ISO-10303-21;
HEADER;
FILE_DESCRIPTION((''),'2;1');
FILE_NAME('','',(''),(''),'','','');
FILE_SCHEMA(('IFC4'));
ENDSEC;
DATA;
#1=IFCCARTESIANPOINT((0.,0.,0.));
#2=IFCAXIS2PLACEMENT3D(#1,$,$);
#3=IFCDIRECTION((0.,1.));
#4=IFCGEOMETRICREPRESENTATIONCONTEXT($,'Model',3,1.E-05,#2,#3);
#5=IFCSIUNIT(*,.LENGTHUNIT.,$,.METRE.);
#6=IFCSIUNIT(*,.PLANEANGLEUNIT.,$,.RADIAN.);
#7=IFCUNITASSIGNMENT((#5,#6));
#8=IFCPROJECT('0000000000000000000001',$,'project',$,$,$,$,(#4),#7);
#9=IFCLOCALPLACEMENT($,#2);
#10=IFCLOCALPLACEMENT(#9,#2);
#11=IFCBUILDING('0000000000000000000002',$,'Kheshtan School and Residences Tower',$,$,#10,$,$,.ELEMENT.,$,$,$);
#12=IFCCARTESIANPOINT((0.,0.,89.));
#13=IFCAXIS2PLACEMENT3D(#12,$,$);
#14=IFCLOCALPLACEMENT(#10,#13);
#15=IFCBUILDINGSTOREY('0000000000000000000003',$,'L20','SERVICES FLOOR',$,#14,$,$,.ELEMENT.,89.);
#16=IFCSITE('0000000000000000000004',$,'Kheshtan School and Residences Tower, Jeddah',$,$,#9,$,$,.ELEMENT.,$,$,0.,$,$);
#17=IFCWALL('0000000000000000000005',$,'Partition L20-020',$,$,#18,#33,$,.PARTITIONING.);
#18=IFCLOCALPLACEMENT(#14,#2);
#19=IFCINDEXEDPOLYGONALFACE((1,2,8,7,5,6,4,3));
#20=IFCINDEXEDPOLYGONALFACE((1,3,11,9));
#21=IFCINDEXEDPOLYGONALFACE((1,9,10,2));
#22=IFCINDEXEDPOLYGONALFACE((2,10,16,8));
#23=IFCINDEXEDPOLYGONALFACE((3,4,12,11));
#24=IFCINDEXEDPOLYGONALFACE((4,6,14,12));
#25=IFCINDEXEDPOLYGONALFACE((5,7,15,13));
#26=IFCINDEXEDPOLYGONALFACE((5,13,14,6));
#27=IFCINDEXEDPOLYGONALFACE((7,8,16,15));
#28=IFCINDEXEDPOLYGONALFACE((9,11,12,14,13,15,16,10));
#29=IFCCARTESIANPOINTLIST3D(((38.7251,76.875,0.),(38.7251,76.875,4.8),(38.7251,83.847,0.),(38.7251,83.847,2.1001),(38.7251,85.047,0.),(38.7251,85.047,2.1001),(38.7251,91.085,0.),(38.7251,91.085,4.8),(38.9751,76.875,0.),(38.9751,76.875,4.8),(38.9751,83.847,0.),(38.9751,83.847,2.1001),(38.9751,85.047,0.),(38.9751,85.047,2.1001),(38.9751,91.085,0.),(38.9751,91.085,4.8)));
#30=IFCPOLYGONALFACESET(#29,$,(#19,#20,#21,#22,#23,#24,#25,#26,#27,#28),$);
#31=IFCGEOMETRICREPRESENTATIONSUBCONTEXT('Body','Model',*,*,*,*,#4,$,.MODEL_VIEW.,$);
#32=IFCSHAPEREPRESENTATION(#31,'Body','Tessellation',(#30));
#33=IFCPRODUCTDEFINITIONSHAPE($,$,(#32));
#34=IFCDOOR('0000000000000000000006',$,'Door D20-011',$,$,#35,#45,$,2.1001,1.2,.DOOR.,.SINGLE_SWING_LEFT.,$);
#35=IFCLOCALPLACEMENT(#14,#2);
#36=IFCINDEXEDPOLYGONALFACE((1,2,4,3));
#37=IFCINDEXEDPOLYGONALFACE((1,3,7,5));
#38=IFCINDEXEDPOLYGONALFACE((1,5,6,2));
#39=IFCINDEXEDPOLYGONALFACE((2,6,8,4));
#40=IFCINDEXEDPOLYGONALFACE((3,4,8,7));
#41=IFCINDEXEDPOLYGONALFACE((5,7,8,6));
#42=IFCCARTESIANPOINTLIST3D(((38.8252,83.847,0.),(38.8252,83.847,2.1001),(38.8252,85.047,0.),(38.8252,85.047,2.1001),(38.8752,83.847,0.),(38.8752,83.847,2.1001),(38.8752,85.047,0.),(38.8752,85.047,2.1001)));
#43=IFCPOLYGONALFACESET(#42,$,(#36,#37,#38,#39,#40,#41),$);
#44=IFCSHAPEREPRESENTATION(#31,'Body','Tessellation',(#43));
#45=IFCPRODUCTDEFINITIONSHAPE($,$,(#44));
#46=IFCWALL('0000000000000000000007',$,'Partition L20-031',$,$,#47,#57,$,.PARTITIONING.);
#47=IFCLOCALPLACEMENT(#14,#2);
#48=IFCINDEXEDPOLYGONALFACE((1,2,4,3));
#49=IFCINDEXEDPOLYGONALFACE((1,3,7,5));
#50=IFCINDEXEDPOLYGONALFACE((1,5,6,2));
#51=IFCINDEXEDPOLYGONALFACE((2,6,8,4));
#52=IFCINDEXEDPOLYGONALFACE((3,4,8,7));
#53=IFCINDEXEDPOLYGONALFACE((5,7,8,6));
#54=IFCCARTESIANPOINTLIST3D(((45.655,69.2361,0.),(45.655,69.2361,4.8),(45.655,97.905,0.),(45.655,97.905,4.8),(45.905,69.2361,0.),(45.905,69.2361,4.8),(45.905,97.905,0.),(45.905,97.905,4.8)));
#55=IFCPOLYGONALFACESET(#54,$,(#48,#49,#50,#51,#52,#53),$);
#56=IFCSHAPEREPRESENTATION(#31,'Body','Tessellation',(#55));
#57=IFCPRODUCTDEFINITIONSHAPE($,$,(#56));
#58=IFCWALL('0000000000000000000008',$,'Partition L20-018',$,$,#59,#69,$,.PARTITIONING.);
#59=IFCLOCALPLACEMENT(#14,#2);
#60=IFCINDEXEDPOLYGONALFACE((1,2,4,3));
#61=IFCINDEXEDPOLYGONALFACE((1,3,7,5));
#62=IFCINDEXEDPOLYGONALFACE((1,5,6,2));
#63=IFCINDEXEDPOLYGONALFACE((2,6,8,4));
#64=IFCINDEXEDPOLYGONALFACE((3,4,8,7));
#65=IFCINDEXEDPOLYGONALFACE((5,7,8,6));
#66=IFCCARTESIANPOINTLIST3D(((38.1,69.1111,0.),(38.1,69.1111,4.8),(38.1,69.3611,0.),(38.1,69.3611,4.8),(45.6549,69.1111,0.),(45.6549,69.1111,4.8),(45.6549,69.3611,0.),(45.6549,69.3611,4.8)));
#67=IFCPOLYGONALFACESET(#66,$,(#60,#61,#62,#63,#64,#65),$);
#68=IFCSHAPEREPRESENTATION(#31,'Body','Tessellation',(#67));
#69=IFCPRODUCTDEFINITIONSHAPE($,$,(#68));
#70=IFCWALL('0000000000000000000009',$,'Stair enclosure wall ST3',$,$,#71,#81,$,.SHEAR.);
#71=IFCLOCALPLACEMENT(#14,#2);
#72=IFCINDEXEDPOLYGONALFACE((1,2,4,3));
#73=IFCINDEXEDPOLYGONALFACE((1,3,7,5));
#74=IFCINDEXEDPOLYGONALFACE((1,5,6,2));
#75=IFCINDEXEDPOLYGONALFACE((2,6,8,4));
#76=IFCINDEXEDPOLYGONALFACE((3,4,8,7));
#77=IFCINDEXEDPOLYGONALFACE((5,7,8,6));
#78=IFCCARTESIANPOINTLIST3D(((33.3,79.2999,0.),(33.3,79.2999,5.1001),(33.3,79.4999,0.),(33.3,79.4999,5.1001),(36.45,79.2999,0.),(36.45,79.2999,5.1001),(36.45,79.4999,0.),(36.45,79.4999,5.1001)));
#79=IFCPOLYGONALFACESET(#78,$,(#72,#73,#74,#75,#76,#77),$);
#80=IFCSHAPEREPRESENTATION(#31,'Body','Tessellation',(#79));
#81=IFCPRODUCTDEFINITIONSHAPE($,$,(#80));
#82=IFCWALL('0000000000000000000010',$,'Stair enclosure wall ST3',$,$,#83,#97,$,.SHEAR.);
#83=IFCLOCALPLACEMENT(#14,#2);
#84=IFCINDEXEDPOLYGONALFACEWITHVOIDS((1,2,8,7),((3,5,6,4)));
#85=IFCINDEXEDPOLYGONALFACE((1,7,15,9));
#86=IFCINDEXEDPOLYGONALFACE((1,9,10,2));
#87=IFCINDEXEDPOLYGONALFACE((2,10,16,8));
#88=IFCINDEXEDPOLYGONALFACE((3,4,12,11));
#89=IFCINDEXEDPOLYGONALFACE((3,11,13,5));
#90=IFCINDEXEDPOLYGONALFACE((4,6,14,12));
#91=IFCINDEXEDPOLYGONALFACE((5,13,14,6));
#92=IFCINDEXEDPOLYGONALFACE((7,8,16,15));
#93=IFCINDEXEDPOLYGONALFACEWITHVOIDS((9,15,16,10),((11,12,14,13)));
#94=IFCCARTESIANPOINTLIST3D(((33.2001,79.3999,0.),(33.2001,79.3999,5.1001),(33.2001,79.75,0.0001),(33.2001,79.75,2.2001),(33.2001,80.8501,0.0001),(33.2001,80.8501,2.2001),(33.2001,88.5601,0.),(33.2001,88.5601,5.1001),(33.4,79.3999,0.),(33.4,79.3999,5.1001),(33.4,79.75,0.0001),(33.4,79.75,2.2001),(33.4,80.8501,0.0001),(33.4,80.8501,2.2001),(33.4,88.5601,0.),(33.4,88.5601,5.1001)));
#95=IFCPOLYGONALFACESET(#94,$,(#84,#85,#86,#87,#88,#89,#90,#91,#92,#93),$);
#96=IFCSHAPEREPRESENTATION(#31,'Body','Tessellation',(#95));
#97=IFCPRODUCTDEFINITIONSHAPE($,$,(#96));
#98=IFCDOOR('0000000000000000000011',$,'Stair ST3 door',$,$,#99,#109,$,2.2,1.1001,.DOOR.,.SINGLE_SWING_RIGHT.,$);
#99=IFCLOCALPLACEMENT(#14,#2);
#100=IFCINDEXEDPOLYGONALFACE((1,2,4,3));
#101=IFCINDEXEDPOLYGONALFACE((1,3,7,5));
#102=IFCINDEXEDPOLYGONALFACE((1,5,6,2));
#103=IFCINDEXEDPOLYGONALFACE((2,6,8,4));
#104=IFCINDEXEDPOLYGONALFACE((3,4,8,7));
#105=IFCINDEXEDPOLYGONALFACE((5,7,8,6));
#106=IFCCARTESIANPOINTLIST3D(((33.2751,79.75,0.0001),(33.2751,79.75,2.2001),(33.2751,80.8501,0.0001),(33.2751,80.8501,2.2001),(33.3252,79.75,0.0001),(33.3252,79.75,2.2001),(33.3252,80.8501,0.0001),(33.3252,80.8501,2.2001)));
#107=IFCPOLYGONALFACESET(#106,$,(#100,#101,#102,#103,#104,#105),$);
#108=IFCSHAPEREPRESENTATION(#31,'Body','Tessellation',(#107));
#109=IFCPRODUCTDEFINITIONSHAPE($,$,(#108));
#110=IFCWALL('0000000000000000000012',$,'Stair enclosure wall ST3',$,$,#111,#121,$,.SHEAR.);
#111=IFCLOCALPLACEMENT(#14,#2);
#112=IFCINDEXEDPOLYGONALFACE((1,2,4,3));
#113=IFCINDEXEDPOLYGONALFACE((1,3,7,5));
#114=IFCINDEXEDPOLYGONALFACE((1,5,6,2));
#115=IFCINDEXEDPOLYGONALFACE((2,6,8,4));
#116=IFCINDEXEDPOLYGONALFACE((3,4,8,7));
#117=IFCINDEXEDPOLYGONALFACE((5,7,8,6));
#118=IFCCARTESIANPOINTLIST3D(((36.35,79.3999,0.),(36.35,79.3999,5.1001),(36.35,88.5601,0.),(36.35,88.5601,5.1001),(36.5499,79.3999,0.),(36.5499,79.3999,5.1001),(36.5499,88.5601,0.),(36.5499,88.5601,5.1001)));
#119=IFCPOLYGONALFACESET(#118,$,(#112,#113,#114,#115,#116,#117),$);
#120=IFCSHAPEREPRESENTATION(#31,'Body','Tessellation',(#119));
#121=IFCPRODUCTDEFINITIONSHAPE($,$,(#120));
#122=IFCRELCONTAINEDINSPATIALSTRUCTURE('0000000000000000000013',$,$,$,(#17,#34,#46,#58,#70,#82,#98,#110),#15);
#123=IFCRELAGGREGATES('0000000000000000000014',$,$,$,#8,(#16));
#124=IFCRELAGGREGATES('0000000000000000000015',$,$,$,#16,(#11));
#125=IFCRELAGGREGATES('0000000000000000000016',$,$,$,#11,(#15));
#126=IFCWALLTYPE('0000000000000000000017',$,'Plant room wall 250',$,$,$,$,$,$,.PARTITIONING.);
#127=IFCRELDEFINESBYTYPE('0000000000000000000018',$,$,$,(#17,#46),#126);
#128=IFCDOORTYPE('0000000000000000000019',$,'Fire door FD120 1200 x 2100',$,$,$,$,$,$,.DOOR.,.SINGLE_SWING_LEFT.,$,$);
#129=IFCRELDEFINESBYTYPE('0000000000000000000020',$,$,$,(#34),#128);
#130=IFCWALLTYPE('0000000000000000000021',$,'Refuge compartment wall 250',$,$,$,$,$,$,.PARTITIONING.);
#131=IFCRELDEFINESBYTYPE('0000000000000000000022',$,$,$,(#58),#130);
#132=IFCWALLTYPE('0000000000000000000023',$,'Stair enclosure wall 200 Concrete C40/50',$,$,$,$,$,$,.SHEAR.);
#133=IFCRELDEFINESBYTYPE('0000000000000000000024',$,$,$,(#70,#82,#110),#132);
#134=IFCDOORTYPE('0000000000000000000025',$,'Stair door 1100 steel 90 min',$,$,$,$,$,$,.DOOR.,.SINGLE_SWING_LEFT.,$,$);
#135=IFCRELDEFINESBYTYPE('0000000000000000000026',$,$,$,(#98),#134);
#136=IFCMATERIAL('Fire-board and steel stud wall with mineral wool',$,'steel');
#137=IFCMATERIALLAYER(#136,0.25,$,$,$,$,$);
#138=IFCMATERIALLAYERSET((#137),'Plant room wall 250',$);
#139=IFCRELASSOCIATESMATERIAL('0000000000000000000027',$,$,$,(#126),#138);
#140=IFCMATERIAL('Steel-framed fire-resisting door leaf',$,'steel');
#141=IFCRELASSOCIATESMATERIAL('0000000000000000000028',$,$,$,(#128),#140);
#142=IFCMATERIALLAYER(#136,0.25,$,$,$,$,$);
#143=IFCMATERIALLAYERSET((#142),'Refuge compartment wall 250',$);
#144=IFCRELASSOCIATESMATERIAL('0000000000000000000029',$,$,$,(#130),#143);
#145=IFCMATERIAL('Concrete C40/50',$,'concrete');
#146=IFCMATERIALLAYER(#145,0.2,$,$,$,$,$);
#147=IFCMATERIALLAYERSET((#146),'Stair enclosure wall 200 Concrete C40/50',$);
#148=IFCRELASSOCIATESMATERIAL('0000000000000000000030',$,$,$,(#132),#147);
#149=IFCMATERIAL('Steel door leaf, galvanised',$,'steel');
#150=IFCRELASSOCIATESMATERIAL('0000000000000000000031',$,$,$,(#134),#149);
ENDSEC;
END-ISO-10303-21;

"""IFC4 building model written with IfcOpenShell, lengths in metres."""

from ifc_helpers import new_model, si_unit, direction, frame, frame_2d, origin, place, context, subcontext, project, spatial, rectangle, extrude, source, transform, mapped, material, layer, layer_set, type_object, element, fill, save


model = new_model("IFC4")

# Units and contexts
model_context = context("Model", 3, precision=1e-05, world=origin(), true_north=direction((0.0, 1.0)))
body_context = subcontext(model_context, "Body", "Model", "MODEL_VIEW")
ifc_project = project(units=[si_unit("LENGTHUNIT", "METRE"), si_unit("PLANEANGLEUNIT", "RADIAN")], contexts=[model_context])

# Site, building, storey
site_placement = place(None, origin())
site = spatial("IfcSite", under=ifc_project, at=site_placement, Name="Kheshtan School and Residences Tower, Jeddah", CompositionType="ELEMENT", RefElevation=0.0)
building_placement = place(site_placement, origin())
building = spatial("IfcBuilding", under=site, at=building_placement, Name="Kheshtan School and Residences Tower", CompositionType="ELEMENT")
storey_placement = place(building_placement, frame((0.0, 0.0, 89.0)))
storey = spatial("IfcBuildingStorey", under=building, at=storey_placement, Name="L20", Description="SERVICES FLOOR", CompositionType="ELEMENT", Elevation=89.0)

# Shared definitions
ifc_material_1 = material(Name="Fire-board and steel stud wall with mineral wool", Category="steel")
ifc_layer_1 = layer(ifc_material_1, 0.25)
ifc_layer_set_1 = layer_set([ifc_layer_1], Name="Plant room wall 250")
wall_type_1 = type_object("IfcWallType", Name="Plant room wall 250", PredefinedType="PARTITIONING", material=ifc_layer_set_1)
ifc_material_2 = material(Name="Steel-framed fire-resisting door leaf", Category="steel")

# Wall, opening, door
wall_1_placement = place(storey_placement, frame((38.8501, 76.875, 0.0), z_axis=(0.0, 0.0, 1.0), x_axis=(0.0, 1.0, 0.0)))
wall_1 = element("IfcWall", 1, at=wall_1_placement, inside=storey, type_object=wall_type_1, Name="Partition L20-020", PredefinedType="PARTITIONING", context=body_context, shape_type="SweptSolid", body=[
    extrude(rectangle(XDim=14.21, YDim=0.25, at=frame_2d((7.105, 0.0))), origin(), (0.0, 0.0, 1.0), 4.8),
])
opening_1_placement = place(wall_1_placement, frame((6.9719, 0.0, 0.0)))
opening_1 = element("IfcOpeningElement", 2, at=opening_1_placement, cuts=wall_1, PredefinedType="OPENING", context=body_context, shape_type="SweptSolid", body=[
    extrude(rectangle(XDim=1.2, YDim=2.1001, at=frame_2d((0.6001, 1.05))), frame((0.0, 0.135, 0.0), z_axis=(0.0, -1.0, 0.0), x_axis=(1.0, 0.0, 0.0)), (0.0, 0.0, 1.0), 0.27),
])
door_type_1 = type_object("IfcDoorType", Name="Fire door FD120 1200 x 2100", OperationType="SINGLE_SWING_LEFT", PredefinedType="DOOR", material=ifc_material_2)
shared_shape_1 = source(origin(), body_context, "Body", "SweptSolid", [
    extrude(rectangle(XDim=1.2, YDim=2.1001, at=frame_2d((0.6001, 1.05))), frame((0.0, 0.0249, 0.0), z_axis=(0.0, -1.0, 0.0), x_axis=(1.0, 0.0, 0.0)), (0.0, 0.0, 1.0), 0.05),
])
door_1_placement = place(opening_1_placement, origin())
door_1 = element("IfcDoor", 3, at=door_1_placement, inside=storey, type_object=door_type_1, Name="Door D20-011", OperationType="SINGLE_SWING_LEFT", OverallHeight=2.1001, OverallWidth=1.2, PredefinedType="DOOR", context=body_context, shape_type="MappedRepresentation", body=[
    mapped(shared_shape_1, transform((0.0, 0.0, 0.0), x_axis=(1.0, 0.0, 0.0), y_axis=(0.0, 1.0, 0.0), z_axis=(0.0, 0.0, 1.0), scale=1.0)),
])
fill(opening_1, door_1)

# Walls
wall_2_placement = place(storey_placement, frame((45.78, 69.2361, 0.0), z_axis=(0.0, 0.0, 1.0), x_axis=(0.0, 1.0, 0.0)))
element("IfcWall", 4, at=wall_2_placement, inside=storey, type_object=wall_type_1, Name="Partition L20-031", PredefinedType="PARTITIONING", context=body_context, shape_type="SweptSolid", body=[
    extrude(rectangle(XDim=28.6689, YDim=0.25, at=frame_2d((14.3345, 0.0))), origin(), (0.0, 0.0, 1.0), 4.8),
])
ifc_layer_2 = layer(ifc_material_1, 0.25)
ifc_layer_set_2 = layer_set([ifc_layer_2], Name="Refuge compartment wall 250")
wall_type_2 = type_object("IfcWallType", Name="Refuge compartment wall 250", PredefinedType="PARTITIONING", material=ifc_layer_set_2)
wall_3_placement = place(storey_placement, frame((38.1001, 69.2361, 0.0), z_axis=(0.0, 0.0, 1.0), x_axis=(1.0, 0.0, 0.0)))
element("IfcWall", 5, at=wall_3_placement, inside=storey, type_object=wall_type_2, Name="Partition L20-018", PredefinedType="PARTITIONING", context=body_context, shape_type="SweptSolid", body=[
    extrude(rectangle(XDim=7.5549, YDim=0.25, at=frame_2d((3.7773, 0.0))), origin(), (0.0, 0.0, 1.0), 4.8),
])
ifc_material_3 = material(Name="Concrete C40/50", Category="concrete")
ifc_layer_3 = layer(ifc_material_3, 0.2)
ifc_layer_set_3 = layer_set([ifc_layer_3], Name="Stair enclosure wall 200 Concrete C40/50")
wall_type_3 = type_object("IfcWallType", Name="Stair enclosure wall 200 Concrete C40/50", PredefinedType="SHEAR", material=ifc_layer_set_3)
wall_4_placement = place(storey_placement, frame((33.3, 79.3999, 0.0), z_axis=(0.0, 0.0, 1.0), x_axis=(1.0, 0.0, 0.0)))
element("IfcWall", 6, at=wall_4_placement, inside=storey, type_object=wall_type_3, Name="Stair enclosure wall ST3", PredefinedType="SHEAR", context=body_context, shape_type="SweptSolid", body=[
    extrude(rectangle(XDim=3.1499, YDim=0.2, at=frame_2d((1.575, 0.0))), origin(), (0.0, 0.0, 1.0), 5.1001),
])

# Wall, opening, door
wall_5_placement = place(storey_placement, frame((33.3, 79.3999, 0.0), z_axis=(0.0, 0.0, 1.0), x_axis=(0.0, 1.0, 0.0)))
wall_5 = element("IfcWall", 7, at=wall_5_placement, inside=storey, type_object=wall_type_3, Name="Stair enclosure wall ST3", PredefinedType="SHEAR", context=body_context, shape_type="SweptSolid", body=[
    extrude(rectangle(XDim=9.1602, YDim=0.2, at=frame_2d((4.5801, 0.0))), origin(), (0.0, 0.0, 1.0), 5.1001),
])
opening_2_placement = place(wall_5_placement, frame((0.3501, 0.0, 0.0)))
opening_2 = element("IfcOpeningElement", 8, at=opening_2_placement, cuts=wall_5, PredefinedType="OPENING", context=body_context, shape_type="SweptSolid", body=[
    extrude(rectangle(XDim=1.1001, YDim=2.2, at=frame_2d((0.55, 1.1001))), frame((0.0, 0.1099, 0.0), z_axis=(0.0, -1.0, 0.0), x_axis=(1.0, 0.0, 0.0)), (0.0, 0.0, 1.0), 0.22),
])
ifc_material_4 = material(Name="Steel door leaf, galvanised", Category="steel")
door_type_2 = type_object("IfcDoorType", Name="Stair door 1100 steel 90 min", OperationType="SINGLE_SWING_LEFT", PredefinedType="DOOR", material=ifc_material_4)
shared_shape_2 = source(origin(), body_context, "Body", "SweptSolid", [
    extrude(rectangle(XDim=1.1001, YDim=2.2, at=frame_2d((0.55, 1.1001))), frame((0.0, 0.0249, 0.0), z_axis=(0.0, -1.0, 0.0), x_axis=(1.0, 0.0, 0.0)), (0.0, 0.0, 1.0), 0.05),
])
door_2_placement = place(opening_2_placement, origin())
door_2 = element("IfcDoor", 9, at=door_2_placement, inside=storey, type_object=door_type_2, Name="Stair ST3 door", OperationType="SINGLE_SWING_RIGHT", OverallHeight=2.2, OverallWidth=1.1001, PredefinedType="DOOR", context=body_context, shape_type="MappedRepresentation", body=[
    mapped(shared_shape_2, transform((0.0, 0.0, 0.0), x_axis=(1.0, 0.0, 0.0), y_axis=(0.0, 1.0, 0.0), z_axis=(0.0, 0.0, 1.0), scale=1.0)),
])
fill(opening_2, door_2)

# Wall
wall_6_placement = place(storey_placement, frame((36.45, 79.3999, 0.0), z_axis=(0.0, 0.0, 1.0), x_axis=(0.0, 1.0, 0.0)))
element("IfcWall", 10, at=wall_6_placement, inside=storey, type_object=wall_type_3, Name="Stair enclosure wall ST3", PredefinedType="SHEAR", context=body_context, shape_type="SweptSolid", body=[
    extrude(rectangle(XDim=9.1602, YDim=0.2, at=frame_2d((4.5801, 0.0))), origin(), (0.0, 0.0, 1.0), 5.1001),
])

save(model, "model.ifc")
